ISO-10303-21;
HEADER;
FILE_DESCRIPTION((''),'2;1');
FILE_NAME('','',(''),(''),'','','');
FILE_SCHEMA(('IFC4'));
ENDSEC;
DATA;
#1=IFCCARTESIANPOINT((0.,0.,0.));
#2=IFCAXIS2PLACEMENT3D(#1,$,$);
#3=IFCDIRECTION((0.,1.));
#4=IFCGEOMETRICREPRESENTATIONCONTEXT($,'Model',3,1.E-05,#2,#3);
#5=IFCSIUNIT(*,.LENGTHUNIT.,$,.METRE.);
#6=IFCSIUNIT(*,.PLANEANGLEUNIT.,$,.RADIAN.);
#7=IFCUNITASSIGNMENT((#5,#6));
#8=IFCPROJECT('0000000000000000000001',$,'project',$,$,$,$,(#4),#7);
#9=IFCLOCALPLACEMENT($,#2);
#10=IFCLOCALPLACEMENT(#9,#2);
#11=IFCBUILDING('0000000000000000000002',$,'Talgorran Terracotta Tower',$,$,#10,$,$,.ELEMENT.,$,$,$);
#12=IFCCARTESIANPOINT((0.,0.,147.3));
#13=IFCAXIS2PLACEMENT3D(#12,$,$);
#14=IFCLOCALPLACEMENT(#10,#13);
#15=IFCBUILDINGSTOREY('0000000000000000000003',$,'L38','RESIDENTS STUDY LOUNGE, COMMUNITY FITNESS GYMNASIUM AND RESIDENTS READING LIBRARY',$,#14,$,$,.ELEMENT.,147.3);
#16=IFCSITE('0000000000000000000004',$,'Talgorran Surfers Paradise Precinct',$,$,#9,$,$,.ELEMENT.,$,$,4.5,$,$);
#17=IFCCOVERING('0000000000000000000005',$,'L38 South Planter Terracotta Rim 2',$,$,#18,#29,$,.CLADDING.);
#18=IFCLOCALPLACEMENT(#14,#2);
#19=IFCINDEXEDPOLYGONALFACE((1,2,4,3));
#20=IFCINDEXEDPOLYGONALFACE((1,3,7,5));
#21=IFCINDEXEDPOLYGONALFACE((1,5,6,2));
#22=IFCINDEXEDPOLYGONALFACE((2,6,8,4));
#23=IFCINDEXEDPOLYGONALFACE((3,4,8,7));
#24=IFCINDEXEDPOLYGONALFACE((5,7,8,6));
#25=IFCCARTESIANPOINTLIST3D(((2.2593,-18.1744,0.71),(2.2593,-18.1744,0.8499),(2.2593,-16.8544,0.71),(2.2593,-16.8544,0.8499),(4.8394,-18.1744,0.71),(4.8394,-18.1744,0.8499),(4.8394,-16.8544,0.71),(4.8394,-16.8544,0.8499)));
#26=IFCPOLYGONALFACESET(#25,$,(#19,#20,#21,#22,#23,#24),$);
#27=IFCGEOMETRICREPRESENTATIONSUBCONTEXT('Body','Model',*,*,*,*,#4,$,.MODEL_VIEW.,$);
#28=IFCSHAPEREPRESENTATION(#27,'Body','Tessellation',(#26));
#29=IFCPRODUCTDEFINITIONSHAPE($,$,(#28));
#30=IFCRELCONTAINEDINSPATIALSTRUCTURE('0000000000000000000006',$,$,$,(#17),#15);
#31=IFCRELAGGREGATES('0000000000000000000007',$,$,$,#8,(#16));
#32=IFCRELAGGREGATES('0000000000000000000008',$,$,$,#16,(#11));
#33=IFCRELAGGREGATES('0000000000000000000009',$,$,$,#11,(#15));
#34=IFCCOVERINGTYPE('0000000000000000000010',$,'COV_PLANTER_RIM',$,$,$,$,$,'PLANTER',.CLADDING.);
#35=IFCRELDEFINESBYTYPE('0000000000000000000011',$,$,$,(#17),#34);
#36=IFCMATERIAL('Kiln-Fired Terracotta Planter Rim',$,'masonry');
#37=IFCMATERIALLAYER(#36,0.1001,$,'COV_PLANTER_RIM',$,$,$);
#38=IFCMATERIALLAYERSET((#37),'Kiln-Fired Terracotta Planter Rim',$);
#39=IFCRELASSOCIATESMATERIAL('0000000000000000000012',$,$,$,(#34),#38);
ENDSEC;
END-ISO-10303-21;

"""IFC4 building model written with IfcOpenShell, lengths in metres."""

from ifc_helpers import new_model, si_unit, direction, frame, origin, origin_2d, place, context, subcontext, project, spatial, rectangle, extrude, material, layer, layer_set, type_object, element, save


model = new_model("IFC4")

# Units and contexts
model_context = context("Model", 3, precision=1e-05, world=origin(), true_north=direction((0.0, 1.0)))
body_context = subcontext(model_context, "Body", "Model", "MODEL_VIEW")
ifc_project = project(units=[si_unit("LENGTHUNIT", "METRE"), si_unit("PLANEANGLEUNIT", "RADIAN")], contexts=[model_context])

# Site, building, storey
site_placement = place(None, origin())
site = spatial("IfcSite", under=ifc_project, at=site_placement, Name="Talgorran Surfers Paradise Precinct", CompositionType="ELEMENT", RefElevation=4.5)
building_placement = place(site_placement, origin())
building = spatial("IfcBuilding", under=site, at=building_placement, Name="Talgorran Terracotta Tower", CompositionType="ELEMENT")
storey_placement = place(building_placement, frame((0.0, 0.0, 147.3)))
storey = spatial("IfcBuildingStorey", under=building, at=storey_placement, Name="L38", Description="RESIDENTS STUDY LOUNGE, COMMUNITY FITNESS GYMNASIUM AND RESIDENTS READING LIBRARY", CompositionType="ELEMENT", Elevation=147.3)

# Covering
ifc_material_1 = material(Name="Kiln-Fired Terracotta Planter Rim", Category="masonry")
ifc_layer_1 = layer(ifc_material_1, 0.1001, Name="COV_PLANTER_RIM")
ifc_layer_set_1 = layer_set([ifc_layer_1], Name="Kiln-Fired Terracotta Planter Rim")
covering_type_1 = type_object("IfcCoveringType", Name="COV_PLANTER_RIM", ElementType="PLANTER", PredefinedType="CLADDING", material=ifc_layer_set_1)
covering_1_placement = place(storey_placement, frame((3.5493, -17.5144, 0.71), z_axis=(0.0, 0.0, 1.0), x_axis=(1.0, 0.0, 0.0)))
element("IfcCovering", 1, at=covering_1_placement, inside=storey, type_object=covering_type_1, Name="L38 South Planter Terracotta Rim 2", PredefinedType="CLADDING", context=body_context, shape_type="SweptSolid", body=[
    extrude(rectangle(XDim=2.5801, YDim=1.3201, at=origin_2d()), origin(), (0.0, 0.0, 1.0), 0.1399),
])

save(model, "model.ifc")
